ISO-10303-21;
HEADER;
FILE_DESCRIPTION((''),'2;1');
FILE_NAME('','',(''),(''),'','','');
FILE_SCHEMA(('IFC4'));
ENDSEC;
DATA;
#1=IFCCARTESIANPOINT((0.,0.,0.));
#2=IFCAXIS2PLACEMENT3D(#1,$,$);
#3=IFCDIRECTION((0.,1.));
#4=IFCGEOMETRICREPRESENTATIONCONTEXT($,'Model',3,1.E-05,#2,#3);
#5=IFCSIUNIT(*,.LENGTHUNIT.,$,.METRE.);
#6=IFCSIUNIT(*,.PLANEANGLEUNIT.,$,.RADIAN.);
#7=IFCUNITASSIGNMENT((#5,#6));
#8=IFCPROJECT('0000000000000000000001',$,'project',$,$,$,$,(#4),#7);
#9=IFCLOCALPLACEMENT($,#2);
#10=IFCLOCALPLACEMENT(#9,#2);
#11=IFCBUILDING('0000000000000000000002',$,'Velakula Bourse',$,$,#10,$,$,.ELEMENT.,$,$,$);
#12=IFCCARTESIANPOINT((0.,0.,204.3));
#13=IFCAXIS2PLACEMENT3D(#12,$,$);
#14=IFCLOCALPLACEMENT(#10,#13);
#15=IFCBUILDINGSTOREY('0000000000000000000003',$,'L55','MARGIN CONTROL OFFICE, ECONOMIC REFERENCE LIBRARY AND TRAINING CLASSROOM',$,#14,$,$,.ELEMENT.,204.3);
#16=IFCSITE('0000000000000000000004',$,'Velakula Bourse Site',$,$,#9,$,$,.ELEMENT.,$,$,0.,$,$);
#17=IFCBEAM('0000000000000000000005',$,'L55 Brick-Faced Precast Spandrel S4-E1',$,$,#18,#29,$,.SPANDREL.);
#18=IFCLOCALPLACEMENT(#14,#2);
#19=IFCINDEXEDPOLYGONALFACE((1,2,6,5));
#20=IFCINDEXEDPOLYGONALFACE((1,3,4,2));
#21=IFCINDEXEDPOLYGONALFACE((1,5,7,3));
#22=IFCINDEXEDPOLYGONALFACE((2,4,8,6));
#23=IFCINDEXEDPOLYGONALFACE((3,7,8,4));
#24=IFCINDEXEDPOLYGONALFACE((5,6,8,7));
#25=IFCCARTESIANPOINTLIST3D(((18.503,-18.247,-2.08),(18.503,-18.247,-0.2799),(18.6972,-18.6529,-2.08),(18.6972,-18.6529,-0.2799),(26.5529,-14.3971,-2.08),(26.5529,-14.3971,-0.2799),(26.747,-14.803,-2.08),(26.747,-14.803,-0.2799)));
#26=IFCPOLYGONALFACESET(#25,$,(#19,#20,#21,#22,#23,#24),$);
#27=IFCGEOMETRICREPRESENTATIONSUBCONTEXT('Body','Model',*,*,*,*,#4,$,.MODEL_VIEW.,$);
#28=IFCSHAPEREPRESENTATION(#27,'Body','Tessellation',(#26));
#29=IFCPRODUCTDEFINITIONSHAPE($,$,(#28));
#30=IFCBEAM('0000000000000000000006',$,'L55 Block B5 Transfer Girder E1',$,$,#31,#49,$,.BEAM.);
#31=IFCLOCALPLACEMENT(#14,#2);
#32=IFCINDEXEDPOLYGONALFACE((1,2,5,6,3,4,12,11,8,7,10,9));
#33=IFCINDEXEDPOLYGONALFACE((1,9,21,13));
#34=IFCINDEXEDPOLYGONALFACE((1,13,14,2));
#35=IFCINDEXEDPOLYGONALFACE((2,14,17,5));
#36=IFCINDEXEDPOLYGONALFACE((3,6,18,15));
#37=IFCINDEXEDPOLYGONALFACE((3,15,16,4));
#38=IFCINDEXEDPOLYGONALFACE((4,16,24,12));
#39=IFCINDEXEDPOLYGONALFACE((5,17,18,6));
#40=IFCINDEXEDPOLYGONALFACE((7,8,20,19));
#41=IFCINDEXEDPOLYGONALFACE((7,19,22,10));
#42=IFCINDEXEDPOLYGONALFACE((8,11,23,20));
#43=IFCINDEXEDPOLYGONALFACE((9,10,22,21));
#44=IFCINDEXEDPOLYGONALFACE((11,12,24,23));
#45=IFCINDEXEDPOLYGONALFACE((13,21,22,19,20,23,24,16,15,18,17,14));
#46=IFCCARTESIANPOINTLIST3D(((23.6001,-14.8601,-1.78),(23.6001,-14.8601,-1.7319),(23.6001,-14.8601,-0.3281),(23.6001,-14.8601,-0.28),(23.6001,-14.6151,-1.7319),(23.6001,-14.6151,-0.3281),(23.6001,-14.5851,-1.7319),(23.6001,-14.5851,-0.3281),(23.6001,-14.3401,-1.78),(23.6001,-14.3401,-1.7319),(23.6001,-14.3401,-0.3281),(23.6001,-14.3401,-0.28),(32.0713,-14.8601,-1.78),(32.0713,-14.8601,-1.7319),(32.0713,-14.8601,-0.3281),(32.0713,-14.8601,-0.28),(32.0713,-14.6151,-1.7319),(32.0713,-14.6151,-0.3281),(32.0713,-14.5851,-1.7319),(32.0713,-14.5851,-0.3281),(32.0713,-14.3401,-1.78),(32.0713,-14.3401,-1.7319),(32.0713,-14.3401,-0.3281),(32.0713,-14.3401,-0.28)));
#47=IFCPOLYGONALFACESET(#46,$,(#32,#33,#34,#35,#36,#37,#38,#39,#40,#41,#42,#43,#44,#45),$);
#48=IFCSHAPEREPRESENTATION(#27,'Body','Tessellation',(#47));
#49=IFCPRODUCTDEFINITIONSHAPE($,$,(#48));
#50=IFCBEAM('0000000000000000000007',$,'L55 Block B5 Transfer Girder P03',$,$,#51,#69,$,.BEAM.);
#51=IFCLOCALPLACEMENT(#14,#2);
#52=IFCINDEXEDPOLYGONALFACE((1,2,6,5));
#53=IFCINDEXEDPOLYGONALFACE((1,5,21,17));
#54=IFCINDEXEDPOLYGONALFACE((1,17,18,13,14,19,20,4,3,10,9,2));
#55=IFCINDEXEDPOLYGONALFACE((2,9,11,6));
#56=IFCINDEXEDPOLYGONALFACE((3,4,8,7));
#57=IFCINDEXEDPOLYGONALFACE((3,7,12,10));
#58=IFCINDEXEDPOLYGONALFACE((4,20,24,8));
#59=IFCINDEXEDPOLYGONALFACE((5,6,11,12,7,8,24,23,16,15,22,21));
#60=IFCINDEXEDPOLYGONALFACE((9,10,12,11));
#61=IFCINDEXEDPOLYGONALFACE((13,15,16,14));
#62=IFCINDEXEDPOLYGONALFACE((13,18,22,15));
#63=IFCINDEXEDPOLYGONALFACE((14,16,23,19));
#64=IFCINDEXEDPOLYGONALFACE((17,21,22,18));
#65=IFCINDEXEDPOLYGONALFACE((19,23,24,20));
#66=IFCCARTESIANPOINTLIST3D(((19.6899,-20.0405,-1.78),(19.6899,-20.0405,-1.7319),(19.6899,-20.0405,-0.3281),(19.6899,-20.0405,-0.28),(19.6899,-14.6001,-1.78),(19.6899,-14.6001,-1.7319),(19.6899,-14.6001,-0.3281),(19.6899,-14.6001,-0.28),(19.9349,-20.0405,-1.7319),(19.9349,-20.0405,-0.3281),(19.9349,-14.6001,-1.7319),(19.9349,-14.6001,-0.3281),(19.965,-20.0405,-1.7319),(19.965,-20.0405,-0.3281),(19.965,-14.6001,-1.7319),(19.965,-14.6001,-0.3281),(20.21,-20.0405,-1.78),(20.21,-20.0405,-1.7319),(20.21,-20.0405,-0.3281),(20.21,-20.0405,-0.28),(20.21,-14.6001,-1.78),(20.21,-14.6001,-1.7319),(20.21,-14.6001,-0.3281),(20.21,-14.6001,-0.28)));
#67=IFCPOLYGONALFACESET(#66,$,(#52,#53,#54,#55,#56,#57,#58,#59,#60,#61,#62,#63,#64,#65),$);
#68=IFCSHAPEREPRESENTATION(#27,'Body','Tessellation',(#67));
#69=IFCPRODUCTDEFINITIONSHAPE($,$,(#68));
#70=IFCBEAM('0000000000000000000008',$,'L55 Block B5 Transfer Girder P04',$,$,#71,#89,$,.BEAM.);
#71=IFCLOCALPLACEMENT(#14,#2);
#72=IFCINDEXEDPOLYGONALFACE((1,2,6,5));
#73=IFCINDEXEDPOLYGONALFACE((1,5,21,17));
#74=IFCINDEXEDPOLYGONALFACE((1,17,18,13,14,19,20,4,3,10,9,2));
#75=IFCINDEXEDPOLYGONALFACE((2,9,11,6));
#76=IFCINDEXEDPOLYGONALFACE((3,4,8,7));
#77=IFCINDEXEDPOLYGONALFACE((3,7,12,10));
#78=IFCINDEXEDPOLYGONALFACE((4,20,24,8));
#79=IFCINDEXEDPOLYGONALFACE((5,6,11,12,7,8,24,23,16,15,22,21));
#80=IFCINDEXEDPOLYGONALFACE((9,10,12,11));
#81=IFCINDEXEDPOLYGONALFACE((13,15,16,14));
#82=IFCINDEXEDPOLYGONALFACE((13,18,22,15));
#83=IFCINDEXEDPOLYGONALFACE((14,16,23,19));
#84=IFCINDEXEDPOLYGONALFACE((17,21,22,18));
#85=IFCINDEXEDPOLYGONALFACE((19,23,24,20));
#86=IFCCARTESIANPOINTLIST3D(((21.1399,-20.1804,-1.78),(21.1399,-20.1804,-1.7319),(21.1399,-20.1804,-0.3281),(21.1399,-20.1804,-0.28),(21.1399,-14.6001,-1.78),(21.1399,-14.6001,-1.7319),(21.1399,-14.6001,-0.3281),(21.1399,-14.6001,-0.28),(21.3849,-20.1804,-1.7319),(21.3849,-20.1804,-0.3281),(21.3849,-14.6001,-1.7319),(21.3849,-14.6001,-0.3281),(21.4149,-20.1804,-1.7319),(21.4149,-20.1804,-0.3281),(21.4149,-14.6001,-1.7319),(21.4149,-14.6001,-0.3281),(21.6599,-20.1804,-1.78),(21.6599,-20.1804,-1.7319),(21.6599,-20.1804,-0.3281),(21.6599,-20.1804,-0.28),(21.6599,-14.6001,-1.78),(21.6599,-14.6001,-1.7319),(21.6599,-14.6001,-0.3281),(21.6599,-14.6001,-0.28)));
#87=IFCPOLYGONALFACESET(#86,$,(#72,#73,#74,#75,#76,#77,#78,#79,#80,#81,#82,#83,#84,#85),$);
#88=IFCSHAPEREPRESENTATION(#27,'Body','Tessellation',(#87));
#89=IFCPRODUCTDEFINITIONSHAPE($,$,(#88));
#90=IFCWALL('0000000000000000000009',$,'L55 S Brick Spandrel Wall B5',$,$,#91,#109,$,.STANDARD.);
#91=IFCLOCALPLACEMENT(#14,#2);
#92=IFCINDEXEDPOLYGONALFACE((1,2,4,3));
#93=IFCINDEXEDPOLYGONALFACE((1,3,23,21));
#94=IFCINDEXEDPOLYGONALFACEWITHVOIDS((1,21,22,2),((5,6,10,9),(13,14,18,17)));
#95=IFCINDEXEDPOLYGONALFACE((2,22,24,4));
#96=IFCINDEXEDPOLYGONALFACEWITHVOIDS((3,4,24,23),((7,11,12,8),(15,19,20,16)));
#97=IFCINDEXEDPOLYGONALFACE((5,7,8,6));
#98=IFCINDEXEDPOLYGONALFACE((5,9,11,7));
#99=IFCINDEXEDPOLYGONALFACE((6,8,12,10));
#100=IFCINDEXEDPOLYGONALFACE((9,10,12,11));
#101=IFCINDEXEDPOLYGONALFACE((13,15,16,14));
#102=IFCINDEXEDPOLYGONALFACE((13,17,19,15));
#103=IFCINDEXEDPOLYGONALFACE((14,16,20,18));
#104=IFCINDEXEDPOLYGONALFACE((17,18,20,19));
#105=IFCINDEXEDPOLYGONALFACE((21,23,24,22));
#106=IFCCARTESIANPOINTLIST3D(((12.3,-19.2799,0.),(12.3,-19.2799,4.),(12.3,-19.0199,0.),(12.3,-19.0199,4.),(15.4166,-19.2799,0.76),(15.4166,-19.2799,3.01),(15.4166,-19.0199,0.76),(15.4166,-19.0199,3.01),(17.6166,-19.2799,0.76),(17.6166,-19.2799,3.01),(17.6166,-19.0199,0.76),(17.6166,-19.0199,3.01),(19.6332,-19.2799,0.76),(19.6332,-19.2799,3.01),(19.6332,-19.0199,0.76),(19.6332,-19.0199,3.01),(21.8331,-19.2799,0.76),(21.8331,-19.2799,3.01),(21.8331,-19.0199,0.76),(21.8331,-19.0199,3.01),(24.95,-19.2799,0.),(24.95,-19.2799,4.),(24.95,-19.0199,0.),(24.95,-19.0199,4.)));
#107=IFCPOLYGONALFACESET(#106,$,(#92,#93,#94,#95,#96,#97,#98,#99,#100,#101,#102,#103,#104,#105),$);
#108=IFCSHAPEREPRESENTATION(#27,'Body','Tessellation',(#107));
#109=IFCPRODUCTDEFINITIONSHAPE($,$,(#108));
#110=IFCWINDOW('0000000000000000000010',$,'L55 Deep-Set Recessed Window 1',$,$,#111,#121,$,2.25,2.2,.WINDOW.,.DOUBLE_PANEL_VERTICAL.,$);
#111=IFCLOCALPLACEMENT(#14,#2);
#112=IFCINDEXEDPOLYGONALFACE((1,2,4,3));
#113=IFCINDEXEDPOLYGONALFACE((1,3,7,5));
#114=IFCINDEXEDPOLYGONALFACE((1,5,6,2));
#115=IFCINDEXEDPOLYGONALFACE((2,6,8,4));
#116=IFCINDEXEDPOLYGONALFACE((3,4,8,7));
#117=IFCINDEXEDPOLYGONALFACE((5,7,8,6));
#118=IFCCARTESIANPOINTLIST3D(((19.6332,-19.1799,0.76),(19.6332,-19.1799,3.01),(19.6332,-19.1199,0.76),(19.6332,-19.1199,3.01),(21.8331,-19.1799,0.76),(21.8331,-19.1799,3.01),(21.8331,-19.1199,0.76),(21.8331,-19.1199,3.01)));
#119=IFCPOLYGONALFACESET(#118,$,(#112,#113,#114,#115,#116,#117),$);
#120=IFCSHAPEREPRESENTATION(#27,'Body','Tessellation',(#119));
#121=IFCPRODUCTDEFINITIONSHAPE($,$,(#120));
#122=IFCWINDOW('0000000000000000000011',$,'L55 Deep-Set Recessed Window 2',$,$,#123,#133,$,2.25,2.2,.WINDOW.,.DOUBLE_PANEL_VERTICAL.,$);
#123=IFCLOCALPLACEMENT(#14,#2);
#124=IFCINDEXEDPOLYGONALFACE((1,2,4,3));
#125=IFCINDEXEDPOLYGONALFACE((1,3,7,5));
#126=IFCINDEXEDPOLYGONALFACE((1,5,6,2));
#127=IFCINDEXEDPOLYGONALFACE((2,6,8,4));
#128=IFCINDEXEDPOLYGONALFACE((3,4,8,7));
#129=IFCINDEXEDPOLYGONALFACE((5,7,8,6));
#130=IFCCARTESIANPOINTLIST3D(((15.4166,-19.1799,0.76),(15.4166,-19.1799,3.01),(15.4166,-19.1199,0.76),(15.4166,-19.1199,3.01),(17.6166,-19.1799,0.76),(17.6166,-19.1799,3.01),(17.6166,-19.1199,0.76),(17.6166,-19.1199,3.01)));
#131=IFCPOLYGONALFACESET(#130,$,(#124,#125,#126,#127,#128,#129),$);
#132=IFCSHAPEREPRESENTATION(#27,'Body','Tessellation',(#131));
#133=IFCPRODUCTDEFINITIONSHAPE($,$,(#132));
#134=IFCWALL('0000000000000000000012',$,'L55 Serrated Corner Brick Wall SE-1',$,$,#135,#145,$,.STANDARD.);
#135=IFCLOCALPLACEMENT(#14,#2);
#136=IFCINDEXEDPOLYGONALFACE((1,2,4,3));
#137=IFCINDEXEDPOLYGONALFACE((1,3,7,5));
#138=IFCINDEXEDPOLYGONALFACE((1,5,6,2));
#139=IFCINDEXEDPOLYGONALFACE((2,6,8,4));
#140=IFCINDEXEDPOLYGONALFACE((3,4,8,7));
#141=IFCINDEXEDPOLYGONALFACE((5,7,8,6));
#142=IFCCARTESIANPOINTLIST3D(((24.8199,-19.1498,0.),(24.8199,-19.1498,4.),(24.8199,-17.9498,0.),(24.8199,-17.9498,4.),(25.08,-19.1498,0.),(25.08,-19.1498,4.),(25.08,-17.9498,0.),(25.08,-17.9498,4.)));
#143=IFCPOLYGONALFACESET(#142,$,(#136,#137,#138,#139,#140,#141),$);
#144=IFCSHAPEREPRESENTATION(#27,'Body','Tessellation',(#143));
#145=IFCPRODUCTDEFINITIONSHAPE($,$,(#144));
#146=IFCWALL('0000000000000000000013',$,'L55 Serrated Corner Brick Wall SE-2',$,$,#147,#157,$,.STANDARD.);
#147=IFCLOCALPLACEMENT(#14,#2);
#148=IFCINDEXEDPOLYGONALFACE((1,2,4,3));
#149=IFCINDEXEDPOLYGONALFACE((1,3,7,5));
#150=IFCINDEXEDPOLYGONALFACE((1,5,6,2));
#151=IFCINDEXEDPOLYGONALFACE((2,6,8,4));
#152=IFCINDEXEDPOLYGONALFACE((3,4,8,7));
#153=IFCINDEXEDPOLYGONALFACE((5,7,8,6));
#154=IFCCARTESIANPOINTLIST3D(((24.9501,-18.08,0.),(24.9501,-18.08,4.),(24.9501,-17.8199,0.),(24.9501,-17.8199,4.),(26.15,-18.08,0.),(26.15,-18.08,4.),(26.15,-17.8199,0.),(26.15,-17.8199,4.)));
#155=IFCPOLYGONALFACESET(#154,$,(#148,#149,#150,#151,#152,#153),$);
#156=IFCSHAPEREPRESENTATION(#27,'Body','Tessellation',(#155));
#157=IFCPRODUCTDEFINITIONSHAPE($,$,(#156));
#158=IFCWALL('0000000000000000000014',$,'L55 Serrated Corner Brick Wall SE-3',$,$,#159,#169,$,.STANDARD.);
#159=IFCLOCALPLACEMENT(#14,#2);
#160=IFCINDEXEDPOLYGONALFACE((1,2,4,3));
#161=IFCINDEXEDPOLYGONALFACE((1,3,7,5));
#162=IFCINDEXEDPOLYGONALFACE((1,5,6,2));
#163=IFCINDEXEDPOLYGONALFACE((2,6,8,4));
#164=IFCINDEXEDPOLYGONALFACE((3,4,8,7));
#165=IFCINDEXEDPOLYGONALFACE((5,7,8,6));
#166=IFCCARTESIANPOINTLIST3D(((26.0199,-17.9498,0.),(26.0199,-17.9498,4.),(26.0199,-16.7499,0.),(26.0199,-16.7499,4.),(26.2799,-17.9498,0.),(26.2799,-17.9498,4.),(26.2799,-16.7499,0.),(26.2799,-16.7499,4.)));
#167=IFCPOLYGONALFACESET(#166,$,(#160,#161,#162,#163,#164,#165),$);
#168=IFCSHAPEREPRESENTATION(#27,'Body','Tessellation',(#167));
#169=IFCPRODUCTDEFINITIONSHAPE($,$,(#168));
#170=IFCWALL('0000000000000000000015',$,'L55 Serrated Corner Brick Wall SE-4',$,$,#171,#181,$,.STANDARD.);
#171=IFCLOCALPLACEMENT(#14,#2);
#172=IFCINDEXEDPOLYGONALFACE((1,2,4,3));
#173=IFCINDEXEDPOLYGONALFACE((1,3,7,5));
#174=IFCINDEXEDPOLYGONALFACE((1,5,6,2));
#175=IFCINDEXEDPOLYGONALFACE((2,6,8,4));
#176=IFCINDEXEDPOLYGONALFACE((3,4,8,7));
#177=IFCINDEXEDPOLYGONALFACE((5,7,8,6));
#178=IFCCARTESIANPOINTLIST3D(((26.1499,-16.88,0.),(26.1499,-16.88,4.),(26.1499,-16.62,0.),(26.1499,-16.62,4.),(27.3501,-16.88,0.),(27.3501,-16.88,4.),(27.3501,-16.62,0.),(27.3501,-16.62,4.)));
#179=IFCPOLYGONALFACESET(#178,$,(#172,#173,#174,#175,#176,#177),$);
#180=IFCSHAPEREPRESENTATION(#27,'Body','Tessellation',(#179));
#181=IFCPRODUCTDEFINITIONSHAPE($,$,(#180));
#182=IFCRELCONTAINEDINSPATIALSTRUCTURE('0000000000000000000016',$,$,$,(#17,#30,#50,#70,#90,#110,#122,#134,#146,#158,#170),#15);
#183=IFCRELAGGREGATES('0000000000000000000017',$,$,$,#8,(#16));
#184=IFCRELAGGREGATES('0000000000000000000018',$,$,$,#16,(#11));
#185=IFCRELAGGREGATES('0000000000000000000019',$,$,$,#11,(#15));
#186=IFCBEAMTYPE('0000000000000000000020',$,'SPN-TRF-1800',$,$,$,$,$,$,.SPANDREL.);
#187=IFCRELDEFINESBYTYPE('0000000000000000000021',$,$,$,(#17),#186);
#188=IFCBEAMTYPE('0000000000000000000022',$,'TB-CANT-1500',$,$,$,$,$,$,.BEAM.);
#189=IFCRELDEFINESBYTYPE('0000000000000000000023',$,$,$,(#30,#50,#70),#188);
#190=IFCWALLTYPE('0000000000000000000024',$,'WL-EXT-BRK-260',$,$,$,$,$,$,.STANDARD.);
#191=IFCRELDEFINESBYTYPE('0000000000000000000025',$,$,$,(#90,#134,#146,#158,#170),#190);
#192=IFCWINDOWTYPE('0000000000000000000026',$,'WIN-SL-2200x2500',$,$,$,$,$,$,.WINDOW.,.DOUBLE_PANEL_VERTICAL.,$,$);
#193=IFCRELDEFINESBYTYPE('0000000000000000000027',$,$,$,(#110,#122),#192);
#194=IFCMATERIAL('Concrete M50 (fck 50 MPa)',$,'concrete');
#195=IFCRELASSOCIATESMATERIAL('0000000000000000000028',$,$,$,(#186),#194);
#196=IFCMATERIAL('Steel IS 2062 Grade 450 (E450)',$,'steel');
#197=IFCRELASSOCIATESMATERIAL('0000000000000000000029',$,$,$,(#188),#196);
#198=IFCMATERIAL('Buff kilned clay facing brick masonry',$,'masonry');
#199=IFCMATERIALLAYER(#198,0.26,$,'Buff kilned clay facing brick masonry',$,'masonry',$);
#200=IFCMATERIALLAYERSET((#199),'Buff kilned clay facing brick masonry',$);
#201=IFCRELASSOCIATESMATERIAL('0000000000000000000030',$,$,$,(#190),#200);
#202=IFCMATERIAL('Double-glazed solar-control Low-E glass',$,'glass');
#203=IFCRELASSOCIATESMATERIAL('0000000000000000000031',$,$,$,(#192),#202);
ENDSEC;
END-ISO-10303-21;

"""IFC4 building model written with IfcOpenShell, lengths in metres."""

from ifc_helpers import new_model, si_unit, direction, frame, frame_2d, origin, origin_2d, place, context, subcontext, project, spatial, rectangle, i_section, extrude, material, layer, layer_set, material_profile, profile_set, type_object, element, fill, save


model = new_model("IFC4")

# Units and contexts
model_context = context("Model", 3, precision=1e-05, world=origin(), true_north=direction((0.0, 1.0)))
body_context = subcontext(model_context, "Body", "Model", "MODEL_VIEW")
ifc_project = project(units=[si_unit("LENGTHUNIT", "METRE"), si_unit("PLANEANGLEUNIT", "RADIAN")], contexts=[model_context])

# Site, building, storey
site_placement = place(None, origin())
site = spatial("IfcSite", under=ifc_project, at=site_placement, Name="Velakula Bourse Site", CompositionType="ELEMENT", RefElevation=0.0)
building_placement = place(site_placement, origin())
building = spatial("IfcBuilding", under=site, at=building_placement, Name="Velakula Bourse", CompositionType="ELEMENT")
storey_placement = place(building_placement, frame((0.0, 0.0, 204.3)))
storey = spatial("IfcBuildingStorey", under=building, at=storey_placement, Name="L55", Description="MARGIN CONTROL OFFICE, ECONOMIC REFERENCE LIBRARY AND TRAINING CLASSROOM", CompositionType="ELEMENT", Elevation=204.3)

# Beams
ifc_material_1 = material(Name="Concrete M50 (fck 50 MPa)", Category="concrete")
ifc_material_profile_1 = material_profile(ifc_material_1, rectangle(XDim=0.45, YDim=1.8, at=origin_2d()), Name="Concrete M50 (fck 50 MPa)")
ifc_profile_set_1 = profile_set([ifc_material_profile_1], Name="Concrete M50 (fck 50 MPa)")
beam_type_1 = type_object("IfcBeamType", Name="SPN-TRF-1800", PredefinedType="SPANDREL", material=ifc_profile_set_1)
beam_1_placement = place(storey_placement, frame((18.6001, -18.45, -1.1799), z_axis=(0.902137, 0.431451, 0.0), x_axis=(-0.431451, 0.902137, 0.0)))
element("IfcBeam", 1, at=beam_1_placement, inside=storey, type_object=beam_type_1, Name="L55 Brick-Faced Precast Spandrel S4-E1", PredefinedType="SPANDREL", context=body_context, shape_type="SweptSolid", body=[
    extrude(rectangle(XDim=0.45, YDim=1.8, at=origin_2d()), origin(), (0.0, 0.0, 1.0), 8.9231),
])
ifc_material_2 = material(Name="Steel IS 2062 Grade 450 (E450)", Category="steel")
ifc_material_profile_2 = material_profile(ifc_material_2, i_section(OverallWidth=0.52, OverallDepth=1.5, WebThickness=0.03, FlangeThickness=0.0481, at=origin_2d()), Name="Steel IS 2062 Grade 450 (E450)")
ifc_profile_set_2 = profile_set([ifc_material_profile_2], Name="Steel IS 2062 Grade 450 (E450)")
beam_type_2 = type_object("IfcBeamType", Name="TB-CANT-1500", PredefinedType="BEAM", material=ifc_profile_set_2)
beam_2_placement = place(storey_placement, frame((23.6001, -14.6001, -1.03), z_axis=(1.0, 0.0, 0.0), x_axis=(0.0, 1.0, 0.0)))
element("IfcBeam", 2, at=beam_2_placement, inside=storey, type_object=beam_type_2, Name="L55 Block B5 Transfer Girder E1", PredefinedType="BEAM", context=body_context, shape_type="SweptSolid", body=[
    extrude(i_section(OverallWidth=0.52, OverallDepth=1.5, WebThickness=0.03, FlangeThickness=0.0481, at=origin_2d()), origin(), (0.0, 0.0, 1.0), 8.4712),
])
beam_3_placement = place(storey_placement, frame((19.95, -20.0405, -1.03), z_axis=(0.0, 1.0, 0.0), x_axis=(-1.0, 0.0, 0.0)))
element("IfcBeam", 3, at=beam_3_placement, inside=storey, type_object=beam_type_2, Name="L55 Block B5 Transfer Girder P03", PredefinedType="BEAM", context=body_context, shape_type="SweptSolid", body=[
    extrude(i_section(OverallWidth=0.52, OverallDepth=1.5, WebThickness=0.03, FlangeThickness=0.0481, at=origin_2d()), origin(), (0.0, 0.0, 1.0), 5.4404),
])
beam_4_placement = place(storey_placement, frame((21.3999, -20.1804, -1.03), z_axis=(0.0, 1.0, 0.0), x_axis=(-1.0, 0.0, 0.0)))
element("IfcBeam", 4, at=beam_4_placement, inside=storey, type_object=beam_type_2, Name="L55 Block B5 Transfer Girder P04", PredefinedType="BEAM", context=body_context, shape_type="SweptSolid", body=[
    extrude(i_section(OverallWidth=0.52, OverallDepth=1.5, WebThickness=0.03, FlangeThickness=0.0481, at=origin_2d()), origin(), (0.0, 0.0, 1.0), 5.5803),
])

# Wall, openings, windows
ifc_material_3 = material(Name="Buff kilned clay facing brick masonry", Category="masonry")
ifc_layer_1 = layer(ifc_material_3, 0.26, Name="Buff kilned clay facing brick masonry", Category="masonry")
ifc_layer_set_1 = layer_set([ifc_layer_1], Name="Buff kilned clay facing brick masonry")
wall_type_1 = type_object("IfcWallType", Name="WL-EXT-BRK-260", PredefinedType="STANDARD", material=ifc_layer_set_1)
wall_1_placement = place(storey_placement, frame((24.95, -19.1499, 0.0), z_axis=(0.0, 0.0, 1.0), x_axis=(-1.0, 0.0, 0.0)))
wall_1 = element("IfcWall", 5, at=wall_1_placement, inside=storey, type_object=wall_type_1, Name="L55 S Brick Spandrel Wall B5", PredefinedType="STANDARD", context=body_context, shape_type="SweptSolid", body=[
    extrude(rectangle(XDim=12.6499, YDim=0.26, at=frame_2d((6.325, 0.0))), origin(), (0.0, 0.0, 1.0), 4.0),
])
opening_1_placement = place(wall_1_placement, frame((3.1167, 0.0, 0.76)))
opening_1 = element("IfcOpeningElement", 6, at=opening_1_placement, cuts=wall_1, PredefinedType="OPENING", context=body_context, shape_type="SweptSolid", body=[
    extrude(rectangle(XDim=2.2, YDim=2.25, at=frame_2d((1.1001, 1.125))), frame((0.0, 0.1399, 0.0), z_axis=(0.0, -1.0, 0.0), x_axis=(1.0, 0.0, 0.0)), (0.0, 0.0, 1.0), 0.28),
])
opening_2_placement = place(wall_1_placement, frame((7.3333, 0.0, 0.76)))
opening_2 = element("IfcOpeningElement", 7, at=opening_2_placement, cuts=wall_1, PredefinedType="OPENING", context=body_context, shape_type="SweptSolid", body=[
    extrude(rectangle(XDim=2.2, YDim=2.25, at=frame_2d((1.1001, 1.125))), frame((0.0, 0.1399, 0.0), z_axis=(0.0, -1.0, 0.0), x_axis=(1.0, 0.0, 0.0)), (0.0, 0.0, 1.0), 0.28),
])
ifc_material_4 = material(Name="Double-glazed solar-control Low-E glass", Category="glass")
window_type = type_object("IfcWindowType", Name="WIN-SL-2200x2500", PartitioningType="DOUBLE_PANEL_VERTICAL", PredefinedType="WINDOW", material=ifc_material_4)
window_1_placement = place(opening_1_placement, origin())
window_1 = element("IfcWindow", 8, at=window_1_placement, inside=storey, type_object=window_type, Name="L55 Deep-Set Recessed Window 1", OverallHeight=2.25, OverallWidth=2.2, PartitioningType="DOUBLE_PANEL_VERTICAL", PredefinedType="WINDOW", context=body_context, shape_type="SweptSolid", body=[
    extrude(rectangle(XDim=2.2, YDim=2.25, at=frame_2d((1.1001, 1.125))), frame((0.0, 0.03, 0.0), z_axis=(0.0, -1.0, 0.0), x_axis=(1.0, 0.0, 0.0)), (0.0, 0.0, 1.0), 0.0601),
])
fill(opening_1, window_1)
window_2_placement = place(opening_2_placement, origin())
window_2 = element("IfcWindow", 9, at=window_2_placement, inside=storey, type_object=window_type, Name="L55 Deep-Set Recessed Window 2", OverallHeight=2.25, OverallWidth=2.2, PartitioningType="DOUBLE_PANEL_VERTICAL", PredefinedType="WINDOW", context=body_context, shape_type="SweptSolid", body=[
    extrude(rectangle(XDim=2.2, YDim=2.25, at=frame_2d((1.1001, 1.125))), frame((0.0, 0.03, 0.0), z_axis=(0.0, -1.0, 0.0), x_axis=(1.0, 0.0, 0.0)), (0.0, 0.0, 1.0), 0.0601),
])
fill(opening_2, window_2)

# Walls
for number, where, z_axis, x_axis, name in (
    (10, (24.95, -19.1499, 0.0), (0.0, 0.0, 1.0), (0.0, 1.0, 0.0), "L55 Serrated Corner Brick Wall SE-1"),
    (11, (24.95, -17.95, 0.0), (0.0, 0.0, 1.0), (1.0, 0.0, 0.0), "L55 Serrated Corner Brick Wall SE-2"),
    (12, (26.1499, -17.95, 0.0), (0.0, 0.0, 1.0), (0.0, 1.0, 0.0), "L55 Serrated Corner Brick Wall SE-3"),
):
    element("IfcWall", number, at=place(storey_placement, frame(where, z_axis=z_axis, x_axis=x_axis)), inside=storey, type_object=wall_type_1, Name=name, PredefinedType="STANDARD", context=body_context, shape_type="SweptSolid", body=[
        extrude(rectangle(XDim=1.2, YDim=0.26, at=frame_2d((0.6001, 0.0))), origin(), (0.0, 0.0, 1.0), 4.0),
    ])
wall_2_placement = place(storey_placement, frame((26.1499, -16.75, 0.0), z_axis=(0.0, 0.0, 1.0), x_axis=(1.0, 0.0, 0.0)))
element("IfcWall", 13, at=wall_2_placement, inside=storey, type_object=wall_type_1, Name="L55 Serrated Corner Brick Wall SE-4", PredefinedType="STANDARD", context=body_context, shape_type="SweptSolid", body=[
    extrude(rectangle(XDim=1.2002, YDim=0.26, at=frame_2d((0.6001, 0.0))), origin(), (0.0, 0.0, 1.0), 4.0),
])

save(model, "model.ifc")
